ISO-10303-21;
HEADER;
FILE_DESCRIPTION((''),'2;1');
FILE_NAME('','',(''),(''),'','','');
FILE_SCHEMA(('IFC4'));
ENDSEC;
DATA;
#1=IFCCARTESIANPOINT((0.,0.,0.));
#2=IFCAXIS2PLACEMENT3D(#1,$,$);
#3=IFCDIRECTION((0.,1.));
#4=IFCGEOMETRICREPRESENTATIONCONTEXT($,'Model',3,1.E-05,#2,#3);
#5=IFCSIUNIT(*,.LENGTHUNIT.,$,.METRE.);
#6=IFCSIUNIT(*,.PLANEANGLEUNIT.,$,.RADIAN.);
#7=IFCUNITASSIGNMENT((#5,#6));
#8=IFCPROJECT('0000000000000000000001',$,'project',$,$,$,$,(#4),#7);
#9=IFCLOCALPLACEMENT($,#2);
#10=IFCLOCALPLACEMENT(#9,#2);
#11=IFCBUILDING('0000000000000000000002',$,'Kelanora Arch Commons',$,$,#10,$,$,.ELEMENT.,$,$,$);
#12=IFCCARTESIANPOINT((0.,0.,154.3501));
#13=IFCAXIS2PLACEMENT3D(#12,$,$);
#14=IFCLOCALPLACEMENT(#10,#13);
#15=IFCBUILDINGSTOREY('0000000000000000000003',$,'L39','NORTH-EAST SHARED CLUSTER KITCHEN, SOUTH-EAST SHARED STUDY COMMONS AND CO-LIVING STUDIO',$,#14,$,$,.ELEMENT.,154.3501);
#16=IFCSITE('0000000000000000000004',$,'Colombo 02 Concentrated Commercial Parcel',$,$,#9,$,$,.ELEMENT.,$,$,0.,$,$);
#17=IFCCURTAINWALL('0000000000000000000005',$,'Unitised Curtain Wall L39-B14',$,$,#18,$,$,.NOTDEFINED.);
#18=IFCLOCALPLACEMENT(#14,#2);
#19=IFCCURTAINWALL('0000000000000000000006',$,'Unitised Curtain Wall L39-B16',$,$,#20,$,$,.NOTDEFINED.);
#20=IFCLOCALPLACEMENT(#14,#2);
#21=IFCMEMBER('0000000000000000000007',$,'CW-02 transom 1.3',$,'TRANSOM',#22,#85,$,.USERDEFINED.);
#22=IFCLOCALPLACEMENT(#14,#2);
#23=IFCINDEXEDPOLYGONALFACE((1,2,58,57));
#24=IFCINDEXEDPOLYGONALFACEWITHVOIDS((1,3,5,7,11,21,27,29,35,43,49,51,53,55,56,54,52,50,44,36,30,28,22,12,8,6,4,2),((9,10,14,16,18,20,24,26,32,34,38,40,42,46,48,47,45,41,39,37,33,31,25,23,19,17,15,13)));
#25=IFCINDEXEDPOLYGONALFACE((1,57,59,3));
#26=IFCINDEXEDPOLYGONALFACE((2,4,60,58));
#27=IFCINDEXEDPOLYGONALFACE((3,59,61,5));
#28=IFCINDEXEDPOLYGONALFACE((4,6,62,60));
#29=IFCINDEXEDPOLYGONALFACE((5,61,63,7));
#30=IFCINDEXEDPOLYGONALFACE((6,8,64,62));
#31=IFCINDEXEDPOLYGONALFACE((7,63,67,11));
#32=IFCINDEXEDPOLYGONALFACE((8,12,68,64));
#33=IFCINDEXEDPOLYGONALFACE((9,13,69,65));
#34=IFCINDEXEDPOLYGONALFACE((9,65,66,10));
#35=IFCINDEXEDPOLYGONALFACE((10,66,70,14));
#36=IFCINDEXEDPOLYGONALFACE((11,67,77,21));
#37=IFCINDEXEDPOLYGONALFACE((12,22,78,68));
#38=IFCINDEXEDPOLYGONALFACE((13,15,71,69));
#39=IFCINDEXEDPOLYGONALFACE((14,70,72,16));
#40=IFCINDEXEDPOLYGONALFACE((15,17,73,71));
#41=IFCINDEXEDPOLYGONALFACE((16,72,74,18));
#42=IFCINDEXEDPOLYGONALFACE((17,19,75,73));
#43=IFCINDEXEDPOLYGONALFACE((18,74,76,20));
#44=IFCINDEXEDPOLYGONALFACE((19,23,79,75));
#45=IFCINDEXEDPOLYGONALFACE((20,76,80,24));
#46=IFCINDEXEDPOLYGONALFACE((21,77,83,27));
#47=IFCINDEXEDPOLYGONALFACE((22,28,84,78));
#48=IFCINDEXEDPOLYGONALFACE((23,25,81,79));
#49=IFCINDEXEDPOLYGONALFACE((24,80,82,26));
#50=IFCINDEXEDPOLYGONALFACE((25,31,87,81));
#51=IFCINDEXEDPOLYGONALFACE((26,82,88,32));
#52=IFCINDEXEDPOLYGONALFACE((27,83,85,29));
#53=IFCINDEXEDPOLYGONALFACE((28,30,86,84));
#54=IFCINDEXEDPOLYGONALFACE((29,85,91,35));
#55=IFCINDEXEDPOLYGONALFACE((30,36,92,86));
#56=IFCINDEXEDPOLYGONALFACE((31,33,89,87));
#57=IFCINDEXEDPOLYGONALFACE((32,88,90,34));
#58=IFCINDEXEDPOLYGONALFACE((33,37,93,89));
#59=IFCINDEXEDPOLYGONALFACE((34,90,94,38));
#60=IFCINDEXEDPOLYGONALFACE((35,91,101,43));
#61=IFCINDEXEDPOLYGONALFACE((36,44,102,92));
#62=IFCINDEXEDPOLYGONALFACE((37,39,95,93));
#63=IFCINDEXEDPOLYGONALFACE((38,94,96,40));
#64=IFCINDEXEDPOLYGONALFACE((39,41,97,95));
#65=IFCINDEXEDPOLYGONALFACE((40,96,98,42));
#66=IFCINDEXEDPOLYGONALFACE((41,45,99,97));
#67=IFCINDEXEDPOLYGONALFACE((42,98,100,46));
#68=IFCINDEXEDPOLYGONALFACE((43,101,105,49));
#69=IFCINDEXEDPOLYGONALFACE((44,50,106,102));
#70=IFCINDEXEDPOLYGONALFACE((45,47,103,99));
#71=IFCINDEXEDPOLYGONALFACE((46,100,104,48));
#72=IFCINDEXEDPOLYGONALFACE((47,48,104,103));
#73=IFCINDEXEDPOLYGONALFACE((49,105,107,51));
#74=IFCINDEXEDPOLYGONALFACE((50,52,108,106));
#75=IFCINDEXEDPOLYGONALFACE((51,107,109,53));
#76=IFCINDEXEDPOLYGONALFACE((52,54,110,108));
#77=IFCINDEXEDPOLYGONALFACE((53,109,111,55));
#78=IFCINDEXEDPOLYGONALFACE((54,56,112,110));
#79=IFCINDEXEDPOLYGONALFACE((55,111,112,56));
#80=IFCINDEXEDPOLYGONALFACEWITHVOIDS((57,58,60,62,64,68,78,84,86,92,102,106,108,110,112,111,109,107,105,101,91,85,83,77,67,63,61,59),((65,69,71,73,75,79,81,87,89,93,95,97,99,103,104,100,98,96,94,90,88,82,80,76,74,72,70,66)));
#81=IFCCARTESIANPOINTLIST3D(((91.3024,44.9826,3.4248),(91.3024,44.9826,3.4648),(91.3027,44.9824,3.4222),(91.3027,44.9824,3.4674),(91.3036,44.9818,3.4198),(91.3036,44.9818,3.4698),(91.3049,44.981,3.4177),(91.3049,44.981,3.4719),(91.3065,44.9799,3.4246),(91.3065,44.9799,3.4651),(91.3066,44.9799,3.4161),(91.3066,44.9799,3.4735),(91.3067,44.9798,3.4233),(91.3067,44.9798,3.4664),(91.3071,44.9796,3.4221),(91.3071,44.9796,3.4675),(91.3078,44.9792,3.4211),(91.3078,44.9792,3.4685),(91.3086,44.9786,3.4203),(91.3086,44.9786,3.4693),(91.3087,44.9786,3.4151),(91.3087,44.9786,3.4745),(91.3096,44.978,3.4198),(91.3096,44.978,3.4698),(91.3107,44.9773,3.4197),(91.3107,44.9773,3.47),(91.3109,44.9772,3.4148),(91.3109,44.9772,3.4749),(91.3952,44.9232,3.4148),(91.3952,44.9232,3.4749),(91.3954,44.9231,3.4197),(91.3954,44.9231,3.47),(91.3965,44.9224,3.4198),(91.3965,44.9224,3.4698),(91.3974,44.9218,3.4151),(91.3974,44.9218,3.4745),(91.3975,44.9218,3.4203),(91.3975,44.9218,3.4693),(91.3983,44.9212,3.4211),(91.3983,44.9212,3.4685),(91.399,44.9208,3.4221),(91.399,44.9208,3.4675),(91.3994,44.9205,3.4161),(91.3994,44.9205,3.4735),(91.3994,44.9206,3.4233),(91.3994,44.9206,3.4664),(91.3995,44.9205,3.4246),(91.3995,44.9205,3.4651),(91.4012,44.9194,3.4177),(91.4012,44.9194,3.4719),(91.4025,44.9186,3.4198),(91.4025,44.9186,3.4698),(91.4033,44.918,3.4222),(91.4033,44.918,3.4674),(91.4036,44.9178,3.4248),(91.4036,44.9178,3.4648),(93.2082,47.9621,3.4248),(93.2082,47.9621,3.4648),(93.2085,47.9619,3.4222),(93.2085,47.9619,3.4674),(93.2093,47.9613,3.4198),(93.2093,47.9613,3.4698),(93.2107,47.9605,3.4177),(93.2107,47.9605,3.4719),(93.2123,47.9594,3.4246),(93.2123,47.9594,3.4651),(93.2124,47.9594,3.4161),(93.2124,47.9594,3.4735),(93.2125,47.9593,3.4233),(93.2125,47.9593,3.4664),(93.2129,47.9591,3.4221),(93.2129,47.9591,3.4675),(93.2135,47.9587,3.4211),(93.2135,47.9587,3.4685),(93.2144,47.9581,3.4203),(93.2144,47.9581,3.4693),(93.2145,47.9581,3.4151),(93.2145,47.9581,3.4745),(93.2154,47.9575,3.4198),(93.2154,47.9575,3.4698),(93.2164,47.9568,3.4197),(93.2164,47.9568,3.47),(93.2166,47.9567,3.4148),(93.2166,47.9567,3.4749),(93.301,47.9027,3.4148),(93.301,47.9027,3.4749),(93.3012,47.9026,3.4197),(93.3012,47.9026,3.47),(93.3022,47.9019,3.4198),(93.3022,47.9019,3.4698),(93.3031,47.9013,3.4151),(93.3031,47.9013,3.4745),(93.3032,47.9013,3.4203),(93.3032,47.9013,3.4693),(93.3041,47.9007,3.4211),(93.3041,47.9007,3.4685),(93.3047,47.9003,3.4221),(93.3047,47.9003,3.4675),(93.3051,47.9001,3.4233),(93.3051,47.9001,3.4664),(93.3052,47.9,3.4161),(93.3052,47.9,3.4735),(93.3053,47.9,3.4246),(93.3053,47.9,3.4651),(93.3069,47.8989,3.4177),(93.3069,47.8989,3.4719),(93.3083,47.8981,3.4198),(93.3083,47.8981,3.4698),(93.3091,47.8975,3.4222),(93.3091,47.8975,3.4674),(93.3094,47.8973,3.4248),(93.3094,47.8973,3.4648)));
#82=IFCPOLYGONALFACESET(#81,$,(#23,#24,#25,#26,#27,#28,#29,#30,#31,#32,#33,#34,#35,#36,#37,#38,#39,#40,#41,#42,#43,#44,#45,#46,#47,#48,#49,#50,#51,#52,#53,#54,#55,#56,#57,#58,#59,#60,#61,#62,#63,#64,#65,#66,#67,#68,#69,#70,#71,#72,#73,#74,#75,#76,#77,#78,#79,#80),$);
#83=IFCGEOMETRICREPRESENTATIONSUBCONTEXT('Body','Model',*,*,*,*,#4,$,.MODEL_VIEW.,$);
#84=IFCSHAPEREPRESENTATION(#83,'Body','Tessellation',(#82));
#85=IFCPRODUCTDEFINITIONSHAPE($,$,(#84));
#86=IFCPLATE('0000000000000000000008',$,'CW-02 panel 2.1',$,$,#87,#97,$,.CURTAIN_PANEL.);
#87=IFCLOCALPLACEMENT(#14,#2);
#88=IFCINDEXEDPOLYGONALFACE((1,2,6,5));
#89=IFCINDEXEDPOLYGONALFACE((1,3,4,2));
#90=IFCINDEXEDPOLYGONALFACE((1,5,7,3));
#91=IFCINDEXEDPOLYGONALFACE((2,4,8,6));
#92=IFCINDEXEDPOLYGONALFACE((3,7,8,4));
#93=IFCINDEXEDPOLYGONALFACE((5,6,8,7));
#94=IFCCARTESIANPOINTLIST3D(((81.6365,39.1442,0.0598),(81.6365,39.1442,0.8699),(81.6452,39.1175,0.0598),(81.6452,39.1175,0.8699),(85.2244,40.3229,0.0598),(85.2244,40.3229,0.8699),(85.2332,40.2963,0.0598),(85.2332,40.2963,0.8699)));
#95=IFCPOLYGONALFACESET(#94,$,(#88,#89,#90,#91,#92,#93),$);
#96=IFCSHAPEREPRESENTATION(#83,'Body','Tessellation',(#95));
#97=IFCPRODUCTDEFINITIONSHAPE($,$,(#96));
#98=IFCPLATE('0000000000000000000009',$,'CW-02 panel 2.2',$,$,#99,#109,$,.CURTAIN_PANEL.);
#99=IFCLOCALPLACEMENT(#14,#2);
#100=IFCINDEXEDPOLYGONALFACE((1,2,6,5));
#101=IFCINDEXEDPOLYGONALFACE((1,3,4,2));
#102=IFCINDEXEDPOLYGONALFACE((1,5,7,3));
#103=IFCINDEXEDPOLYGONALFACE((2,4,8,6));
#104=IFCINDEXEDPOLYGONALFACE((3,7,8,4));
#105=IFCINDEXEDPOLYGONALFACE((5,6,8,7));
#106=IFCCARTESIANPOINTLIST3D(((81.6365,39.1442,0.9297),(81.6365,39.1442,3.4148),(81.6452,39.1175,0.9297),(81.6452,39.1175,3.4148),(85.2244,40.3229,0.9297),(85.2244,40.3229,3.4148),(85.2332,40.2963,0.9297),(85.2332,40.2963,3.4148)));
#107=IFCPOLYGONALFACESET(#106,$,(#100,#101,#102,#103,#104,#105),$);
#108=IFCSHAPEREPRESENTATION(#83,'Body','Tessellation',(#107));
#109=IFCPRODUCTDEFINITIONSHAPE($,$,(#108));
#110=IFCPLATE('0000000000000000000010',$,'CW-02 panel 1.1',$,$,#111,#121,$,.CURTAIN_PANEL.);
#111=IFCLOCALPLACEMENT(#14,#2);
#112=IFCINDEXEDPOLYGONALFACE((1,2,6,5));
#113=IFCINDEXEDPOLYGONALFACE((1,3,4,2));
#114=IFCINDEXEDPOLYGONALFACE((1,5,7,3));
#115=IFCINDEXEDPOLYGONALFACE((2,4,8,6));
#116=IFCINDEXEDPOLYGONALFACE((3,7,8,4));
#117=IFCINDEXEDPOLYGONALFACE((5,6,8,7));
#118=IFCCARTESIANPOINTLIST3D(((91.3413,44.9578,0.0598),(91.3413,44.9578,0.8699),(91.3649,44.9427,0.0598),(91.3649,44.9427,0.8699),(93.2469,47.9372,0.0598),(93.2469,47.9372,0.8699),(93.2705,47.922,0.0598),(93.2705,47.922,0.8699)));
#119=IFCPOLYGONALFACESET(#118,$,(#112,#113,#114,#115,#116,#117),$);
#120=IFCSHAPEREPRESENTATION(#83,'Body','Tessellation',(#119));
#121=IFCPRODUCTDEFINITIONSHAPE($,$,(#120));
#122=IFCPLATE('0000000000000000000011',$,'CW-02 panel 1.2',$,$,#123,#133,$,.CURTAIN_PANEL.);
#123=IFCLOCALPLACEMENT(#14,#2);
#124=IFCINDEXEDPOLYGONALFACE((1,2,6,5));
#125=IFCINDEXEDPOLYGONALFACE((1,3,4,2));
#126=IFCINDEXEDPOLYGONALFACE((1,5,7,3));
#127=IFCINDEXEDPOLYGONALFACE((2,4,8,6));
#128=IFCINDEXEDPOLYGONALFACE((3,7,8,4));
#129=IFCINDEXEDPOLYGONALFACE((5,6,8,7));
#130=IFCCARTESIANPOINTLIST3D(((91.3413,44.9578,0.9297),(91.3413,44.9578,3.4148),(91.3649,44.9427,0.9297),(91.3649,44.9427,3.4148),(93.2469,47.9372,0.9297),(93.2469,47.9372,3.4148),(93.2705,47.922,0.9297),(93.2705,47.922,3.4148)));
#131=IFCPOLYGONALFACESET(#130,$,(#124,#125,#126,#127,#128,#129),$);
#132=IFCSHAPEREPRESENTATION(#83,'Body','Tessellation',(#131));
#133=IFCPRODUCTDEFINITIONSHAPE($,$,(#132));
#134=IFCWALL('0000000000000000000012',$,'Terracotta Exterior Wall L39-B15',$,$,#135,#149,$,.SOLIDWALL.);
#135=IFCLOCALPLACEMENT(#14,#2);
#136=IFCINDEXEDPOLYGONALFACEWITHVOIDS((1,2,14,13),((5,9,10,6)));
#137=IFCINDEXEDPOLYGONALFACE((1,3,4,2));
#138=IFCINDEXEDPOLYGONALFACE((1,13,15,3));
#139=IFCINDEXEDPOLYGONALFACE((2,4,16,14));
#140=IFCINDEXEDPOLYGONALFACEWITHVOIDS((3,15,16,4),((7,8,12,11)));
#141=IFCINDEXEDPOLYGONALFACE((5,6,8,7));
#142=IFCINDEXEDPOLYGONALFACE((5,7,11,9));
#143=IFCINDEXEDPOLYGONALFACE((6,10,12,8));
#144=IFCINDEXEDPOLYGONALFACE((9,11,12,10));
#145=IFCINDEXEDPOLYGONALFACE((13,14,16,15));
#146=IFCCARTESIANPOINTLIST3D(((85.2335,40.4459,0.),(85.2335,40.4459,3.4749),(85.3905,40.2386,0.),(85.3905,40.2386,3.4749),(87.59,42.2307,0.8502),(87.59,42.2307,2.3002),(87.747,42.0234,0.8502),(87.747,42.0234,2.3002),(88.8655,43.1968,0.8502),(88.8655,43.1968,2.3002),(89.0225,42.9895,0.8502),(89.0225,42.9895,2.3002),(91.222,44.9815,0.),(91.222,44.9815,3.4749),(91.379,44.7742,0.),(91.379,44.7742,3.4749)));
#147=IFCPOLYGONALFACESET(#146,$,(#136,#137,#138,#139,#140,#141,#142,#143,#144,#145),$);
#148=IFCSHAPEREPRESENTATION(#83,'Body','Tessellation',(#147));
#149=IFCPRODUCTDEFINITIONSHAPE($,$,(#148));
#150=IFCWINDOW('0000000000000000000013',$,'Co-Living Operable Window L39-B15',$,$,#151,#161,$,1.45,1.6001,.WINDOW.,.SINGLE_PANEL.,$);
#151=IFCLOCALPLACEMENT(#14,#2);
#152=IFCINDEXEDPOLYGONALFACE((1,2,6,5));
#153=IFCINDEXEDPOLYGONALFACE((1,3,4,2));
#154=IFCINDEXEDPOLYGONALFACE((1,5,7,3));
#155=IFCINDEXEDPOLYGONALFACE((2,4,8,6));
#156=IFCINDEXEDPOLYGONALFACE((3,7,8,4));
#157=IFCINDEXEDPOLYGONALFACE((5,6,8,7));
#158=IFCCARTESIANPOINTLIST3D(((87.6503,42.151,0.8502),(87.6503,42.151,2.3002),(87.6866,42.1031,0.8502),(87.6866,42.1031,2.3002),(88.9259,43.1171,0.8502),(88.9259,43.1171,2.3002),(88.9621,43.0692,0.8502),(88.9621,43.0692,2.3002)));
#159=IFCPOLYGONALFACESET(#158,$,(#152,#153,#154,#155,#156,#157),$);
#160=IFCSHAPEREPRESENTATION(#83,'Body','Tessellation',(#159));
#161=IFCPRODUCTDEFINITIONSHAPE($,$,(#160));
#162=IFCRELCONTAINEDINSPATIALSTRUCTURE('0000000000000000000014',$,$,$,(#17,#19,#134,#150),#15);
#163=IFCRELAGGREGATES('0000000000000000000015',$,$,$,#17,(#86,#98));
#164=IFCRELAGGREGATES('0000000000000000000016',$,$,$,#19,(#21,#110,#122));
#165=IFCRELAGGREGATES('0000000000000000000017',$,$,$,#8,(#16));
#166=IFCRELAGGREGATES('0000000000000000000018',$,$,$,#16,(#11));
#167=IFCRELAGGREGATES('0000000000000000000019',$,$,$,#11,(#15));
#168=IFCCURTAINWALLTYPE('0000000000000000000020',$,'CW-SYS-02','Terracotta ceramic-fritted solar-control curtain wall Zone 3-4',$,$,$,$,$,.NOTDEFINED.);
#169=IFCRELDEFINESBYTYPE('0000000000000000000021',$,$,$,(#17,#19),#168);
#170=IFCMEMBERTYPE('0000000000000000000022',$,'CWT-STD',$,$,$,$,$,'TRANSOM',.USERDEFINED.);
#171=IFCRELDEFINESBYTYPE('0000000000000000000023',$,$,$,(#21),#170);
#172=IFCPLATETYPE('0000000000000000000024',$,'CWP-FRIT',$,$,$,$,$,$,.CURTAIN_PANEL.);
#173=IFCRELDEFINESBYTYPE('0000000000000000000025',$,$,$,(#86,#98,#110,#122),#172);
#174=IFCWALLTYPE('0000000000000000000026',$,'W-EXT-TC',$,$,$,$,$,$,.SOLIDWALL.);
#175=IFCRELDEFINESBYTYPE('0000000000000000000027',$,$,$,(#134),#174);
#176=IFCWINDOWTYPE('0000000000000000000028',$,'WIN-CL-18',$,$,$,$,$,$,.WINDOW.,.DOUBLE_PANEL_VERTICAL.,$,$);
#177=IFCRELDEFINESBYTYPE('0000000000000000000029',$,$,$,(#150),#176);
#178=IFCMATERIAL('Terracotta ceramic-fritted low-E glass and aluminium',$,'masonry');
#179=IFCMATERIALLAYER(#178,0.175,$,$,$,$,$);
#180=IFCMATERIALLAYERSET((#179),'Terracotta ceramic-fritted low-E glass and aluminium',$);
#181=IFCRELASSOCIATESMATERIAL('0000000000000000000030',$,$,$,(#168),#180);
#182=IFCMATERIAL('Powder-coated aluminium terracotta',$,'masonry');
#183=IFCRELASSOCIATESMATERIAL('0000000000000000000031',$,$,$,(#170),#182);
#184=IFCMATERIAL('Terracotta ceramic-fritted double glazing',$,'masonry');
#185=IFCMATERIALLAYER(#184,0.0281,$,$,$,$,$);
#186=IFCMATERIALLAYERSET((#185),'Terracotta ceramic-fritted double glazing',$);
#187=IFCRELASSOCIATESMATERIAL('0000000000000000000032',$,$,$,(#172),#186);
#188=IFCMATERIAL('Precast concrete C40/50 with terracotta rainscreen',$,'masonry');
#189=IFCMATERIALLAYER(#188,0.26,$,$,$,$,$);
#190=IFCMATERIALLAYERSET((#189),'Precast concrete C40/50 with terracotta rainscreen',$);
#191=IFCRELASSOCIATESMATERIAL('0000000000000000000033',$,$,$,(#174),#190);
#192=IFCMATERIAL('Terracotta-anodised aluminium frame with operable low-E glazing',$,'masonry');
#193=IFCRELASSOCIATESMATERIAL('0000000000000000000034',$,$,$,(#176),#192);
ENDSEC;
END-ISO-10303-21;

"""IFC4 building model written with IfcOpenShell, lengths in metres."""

from ifc_helpers import new_model, si_unit, direction, frame, frame_2d, origin, origin_2d, place, context, subcontext, project, spatial, rectangle, hollow_rectangle, extrude, source, transform, mapped, material, layer, layer_set, material_profile, profile_set, type_object, element, fill, aggregate, save


model = new_model("IFC4")

# Units and contexts
model_context = context("Model", 3, precision=1e-05, world=origin(), true_north=direction((0.0, 1.0)))
body_context = subcontext(model_context, "Body", "Model", "MODEL_VIEW")
ifc_project = project(units=[si_unit("LENGTHUNIT", "METRE"), si_unit("PLANEANGLEUNIT", "RADIAN")], contexts=[model_context])

# Site, building, storey
site_placement = place(None, origin())
site = spatial("IfcSite", under=ifc_project, at=site_placement, Name="Colombo 02 Concentrated Commercial Parcel", CompositionType="ELEMENT", RefElevation=0.0)
building_placement = place(site_placement, origin())
building = spatial("IfcBuilding", under=site, at=building_placement, Name="Kelanora Arch Commons", CompositionType="ELEMENT")
storey_placement = place(building_placement, frame((0.0, 0.0, 154.3501)))
storey = spatial("IfcBuildingStorey", under=building, at=storey_placement, Name="L39", Description="NORTH-EAST SHARED CLUSTER KITCHEN, SOUTH-EAST SHARED STUDY COMMONS AND CO-LIVING STUDIO", CompositionType="ELEMENT", Elevation=154.3501)

# Curtain wall
ifc_material_1 = material(Name="Terracotta ceramic-fritted low-E glass and aluminium", Category="masonry")
ifc_layer_1 = layer(ifc_material_1, 0.175)
ifc_layer_set_1 = layer_set([ifc_layer_1], Name="Terracotta ceramic-fritted low-E glass and aluminium")
curtain_wall_type = type_object("IfcCurtainWallType", Name="CW-SYS-02", Description="Terracotta ceramic-fritted solar-control curtain wall Zone 3-4", PredefinedType="NOTDEFINED", material=ifc_layer_set_1)
curtain_wall_1_placement = place(storey_placement, origin())
curtain_wall_1 = element("IfcCurtainWall", 1, at=curtain_wall_1_placement, inside=storey, type_object=curtain_wall_type, Name="Unitised Curtain Wall L39-B14", PredefinedType="NOTDEFINED")
ifc_material_2 = material(Name="Powder-coated aluminium terracotta", Category="masonry")

# Curtain wall, member
curtain_wall_2_placement = place(storey_placement, origin())
curtain_wall_2 = element("IfcCurtainWall", 2, at=curtain_wall_2_placement, inside=storey, type_object=curtain_wall_type, Name="Unitised Curtain Wall L39-B16", PredefinedType="NOTDEFINED")
ifc_material_profile_1 = material_profile(ifc_material_2, hollow_rectangle(XDim=0.1201, YDim=0.0601, WallThickness=0.0049, InnerFilletRadius=0.0049, OuterFilletRadius=0.01, at=origin_2d()), Name="CWT120x60")
ifc_profile_set_1 = profile_set([ifc_material_profile_1], Name="Powder-coated aluminium terracotta")
member_type_1 = type_object("IfcMemberType", Name="CWT-STD", ElementType="TRANSOM", PredefinedType="USERDEFINED", material=ifc_profile_set_1)
member_1_placement = place(storey_placement, frame((91.353, 44.9502, 3.4448), z_axis=(0.53883, 0.842414, 0.0), x_axis=(-0.842414, 0.53883, 0.0)))
member_1 = element("IfcMember", 3, at=member_1_placement, type_object=member_type_1, Name="CW-02 transom 1.3", ObjectType="TRANSOM", PredefinedType="USERDEFINED", context=body_context, shape_type="SweptSolid", body=[
    extrude(hollow_rectangle(XDim=0.1201, YDim=0.0601, WallThickness=0.0049, InnerFilletRadius=0.0049, OuterFilletRadius=0.01, at=origin_2d()), origin(), (0.0, 0.0, 1.0), 3.5369),
])

# Plates
ifc_material_3 = material(Name="Terracotta ceramic-fritted double glazing", Category="masonry")
ifc_layer_2 = layer(ifc_material_3, 0.0281)
ifc_layer_set_2 = layer_set([ifc_layer_2], Name="Terracotta ceramic-fritted double glazing")
plate_type = type_object("IfcPlateType", Name="CWP-FRIT", PredefinedType="CURTAIN_PANEL", material=ifc_layer_set_2)
shared_shape_1 = source(origin(), body_context, "Body", "SweptSolid", [
    extrude(rectangle(XDim=3.7766, YDim=0.0281, at=origin_2d()), origin(), (0.0, 0.0, 1.0), 0.8101),
])
plate_1_placement = place(storey_placement, frame((83.4348, 39.7202, 0.0598), z_axis=(0.0, 0.0, 1.0), x_axis=(0.95004, 0.312128, 0.0)))
plate_1 = element("IfcPlate", 4, at=plate_1_placement, type_object=plate_type, Name="CW-02 panel 2.1", PredefinedType="CURTAIN_PANEL", context=body_context, shape_type="MappedRepresentation", body=[
    mapped(shared_shape_1, transform((0.0, 0.0, 0.0), scale=1.0)),
])
shared_shape_2 = source(origin(), body_context, "Body", "SweptSolid", [
    extrude(rectangle(XDim=3.7766, YDim=0.0281, at=origin_2d()), origin(), (0.0, 0.0, 1.0), 2.4851),
])
plate_2_placement = place(storey_placement, frame((83.4348, 39.7202, 0.9297), z_axis=(0.0, 0.0, 1.0), x_axis=(0.95004, 0.312128, 0.0)))
plate_2 = element("IfcPlate", 5, at=plate_2_placement, type_object=plate_type, Name="CW-02 panel 2.2", PredefinedType="CURTAIN_PANEL", context=body_context, shape_type="MappedRepresentation", body=[
    mapped(shared_shape_2, transform((0.0, 0.0, 0.0), scale=1.0)),
])
aggregate(curtain_wall_1, [plate_1, plate_2])
shared_shape_3 = source(origin(), body_context, "Body", "SweptSolid", [
    extrude(rectangle(XDim=3.5366, YDim=0.0281, at=origin_2d()), origin(), (0.0, 0.0, 1.0), 0.8101),
])
plate_3_placement = place(storey_placement, frame((92.3059, 46.4399, 0.0598), z_axis=(0.0, 0.0, 1.0), x_axis=(0.538817, 0.842423, 0.0)))
plate_3 = element("IfcPlate", 6, at=plate_3_placement, type_object=plate_type, Name="CW-02 panel 1.1", PredefinedType="CURTAIN_PANEL", context=body_context, shape_type="MappedRepresentation", body=[
    mapped(shared_shape_3, transform((0.0, 0.0, 0.0), scale=1.0)),
])
shared_shape_4 = source(origin(), body_context, "Body", "SweptSolid", [
    extrude(rectangle(XDim=3.5366, YDim=0.0281, at=origin_2d()), origin(), (0.0, 0.0, 1.0), 2.4851),
])
plate_4_placement = place(storey_placement, frame((92.3059, 46.4399, 0.9297), z_axis=(0.0, 0.0, 1.0), x_axis=(0.538817, 0.842423, 0.0)))
plate_4 = element("IfcPlate", 7, at=plate_4_placement, type_object=plate_type, Name="CW-02 panel 1.2", PredefinedType="CURTAIN_PANEL", context=body_context, shape_type="MappedRepresentation", body=[
    mapped(shared_shape_4, transform((0.0, 0.0, 0.0), scale=1.0)),
])
aggregate(curtain_wall_2, [member_1, plate_3, plate_4])

# Wall, opening, window
ifc_material_4 = material(Name="Precast concrete C40/50 with terracotta rainscreen", Category="masonry")
ifc_layer_3 = layer(ifc_material_4, 0.26)
ifc_layer_set_3 = layer_set([ifc_layer_3], Name="Precast concrete C40/50 with terracotta rainscreen")
wall_type = type_object("IfcWallType", Name="W-EXT-TC", PredefinedType="SOLIDWALL", material=ifc_layer_set_3)
wall_placement = place(storey_placement, frame((85.312, 40.3423, 0.0), z_axis=(0.0, 0.0, 1.0), x_axis=(0.797164, 0.603763, 0.0)))
wall = element("IfcWall", 8, at=wall_placement, inside=storey, type_object=wall_type, Name="Terracotta Exterior Wall L39-B15", PredefinedType="SOLIDWALL", context=body_context, shape_type="SweptSolid", body=[
    extrude(rectangle(XDim=7.5122, YDim=0.26, at=frame_2d((3.7561, 0.0))), origin(), (0.0, 0.0, 1.0), 3.4749),
])
opening_placement = place(wall_placement, frame((2.9561, 0.0, 0.8501)))
opening = element("IfcOpeningElement", 9, at=opening_placement, cuts=wall, PredefinedType="OPENING", context=body_context, shape_type="SweptSolid", body=[
    extrude(rectangle(XDim=1.6001, YDim=1.45, at=frame_2d((0.8, 0.7251))), frame((0.0, 0.1401, 0.0), z_axis=(0.0, -1.0, 0.0), x_axis=(1.0, 0.0, 0.0)), (0.0, 0.0, 1.0), 0.28),
])
ifc_material_5 = material(Name="Terracotta-anodised aluminium frame with operable low-E glazing", Category="masonry")
window_type = type_object("IfcWindowType", Name="WIN-CL-18", PartitioningType="DOUBLE_PANEL_VERTICAL", PredefinedType="WINDOW", material=ifc_material_5)
window_placement = place(opening_placement, origin())
window = element("IfcWindow", 10, at=window_placement, inside=storey, type_object=window_type, Name="Co-Living Operable Window L39-B15", OverallHeight=1.45, OverallWidth=1.6001, PartitioningType="SINGLE_PANEL", PredefinedType="WINDOW", context=body_context, shape_type="SweptSolid", body=[
    extrude(rectangle(XDim=1.6001, YDim=1.45, at=frame_2d((0.8, 0.7251))), frame((0.0, 0.03, 0.0), z_axis=(0.0, -1.0, 0.0), x_axis=(1.0, 0.0, 0.0)), (0.0, 0.0, 1.0), 0.0601),
])
fill(opening, window)

save(model, "model.ifc")
